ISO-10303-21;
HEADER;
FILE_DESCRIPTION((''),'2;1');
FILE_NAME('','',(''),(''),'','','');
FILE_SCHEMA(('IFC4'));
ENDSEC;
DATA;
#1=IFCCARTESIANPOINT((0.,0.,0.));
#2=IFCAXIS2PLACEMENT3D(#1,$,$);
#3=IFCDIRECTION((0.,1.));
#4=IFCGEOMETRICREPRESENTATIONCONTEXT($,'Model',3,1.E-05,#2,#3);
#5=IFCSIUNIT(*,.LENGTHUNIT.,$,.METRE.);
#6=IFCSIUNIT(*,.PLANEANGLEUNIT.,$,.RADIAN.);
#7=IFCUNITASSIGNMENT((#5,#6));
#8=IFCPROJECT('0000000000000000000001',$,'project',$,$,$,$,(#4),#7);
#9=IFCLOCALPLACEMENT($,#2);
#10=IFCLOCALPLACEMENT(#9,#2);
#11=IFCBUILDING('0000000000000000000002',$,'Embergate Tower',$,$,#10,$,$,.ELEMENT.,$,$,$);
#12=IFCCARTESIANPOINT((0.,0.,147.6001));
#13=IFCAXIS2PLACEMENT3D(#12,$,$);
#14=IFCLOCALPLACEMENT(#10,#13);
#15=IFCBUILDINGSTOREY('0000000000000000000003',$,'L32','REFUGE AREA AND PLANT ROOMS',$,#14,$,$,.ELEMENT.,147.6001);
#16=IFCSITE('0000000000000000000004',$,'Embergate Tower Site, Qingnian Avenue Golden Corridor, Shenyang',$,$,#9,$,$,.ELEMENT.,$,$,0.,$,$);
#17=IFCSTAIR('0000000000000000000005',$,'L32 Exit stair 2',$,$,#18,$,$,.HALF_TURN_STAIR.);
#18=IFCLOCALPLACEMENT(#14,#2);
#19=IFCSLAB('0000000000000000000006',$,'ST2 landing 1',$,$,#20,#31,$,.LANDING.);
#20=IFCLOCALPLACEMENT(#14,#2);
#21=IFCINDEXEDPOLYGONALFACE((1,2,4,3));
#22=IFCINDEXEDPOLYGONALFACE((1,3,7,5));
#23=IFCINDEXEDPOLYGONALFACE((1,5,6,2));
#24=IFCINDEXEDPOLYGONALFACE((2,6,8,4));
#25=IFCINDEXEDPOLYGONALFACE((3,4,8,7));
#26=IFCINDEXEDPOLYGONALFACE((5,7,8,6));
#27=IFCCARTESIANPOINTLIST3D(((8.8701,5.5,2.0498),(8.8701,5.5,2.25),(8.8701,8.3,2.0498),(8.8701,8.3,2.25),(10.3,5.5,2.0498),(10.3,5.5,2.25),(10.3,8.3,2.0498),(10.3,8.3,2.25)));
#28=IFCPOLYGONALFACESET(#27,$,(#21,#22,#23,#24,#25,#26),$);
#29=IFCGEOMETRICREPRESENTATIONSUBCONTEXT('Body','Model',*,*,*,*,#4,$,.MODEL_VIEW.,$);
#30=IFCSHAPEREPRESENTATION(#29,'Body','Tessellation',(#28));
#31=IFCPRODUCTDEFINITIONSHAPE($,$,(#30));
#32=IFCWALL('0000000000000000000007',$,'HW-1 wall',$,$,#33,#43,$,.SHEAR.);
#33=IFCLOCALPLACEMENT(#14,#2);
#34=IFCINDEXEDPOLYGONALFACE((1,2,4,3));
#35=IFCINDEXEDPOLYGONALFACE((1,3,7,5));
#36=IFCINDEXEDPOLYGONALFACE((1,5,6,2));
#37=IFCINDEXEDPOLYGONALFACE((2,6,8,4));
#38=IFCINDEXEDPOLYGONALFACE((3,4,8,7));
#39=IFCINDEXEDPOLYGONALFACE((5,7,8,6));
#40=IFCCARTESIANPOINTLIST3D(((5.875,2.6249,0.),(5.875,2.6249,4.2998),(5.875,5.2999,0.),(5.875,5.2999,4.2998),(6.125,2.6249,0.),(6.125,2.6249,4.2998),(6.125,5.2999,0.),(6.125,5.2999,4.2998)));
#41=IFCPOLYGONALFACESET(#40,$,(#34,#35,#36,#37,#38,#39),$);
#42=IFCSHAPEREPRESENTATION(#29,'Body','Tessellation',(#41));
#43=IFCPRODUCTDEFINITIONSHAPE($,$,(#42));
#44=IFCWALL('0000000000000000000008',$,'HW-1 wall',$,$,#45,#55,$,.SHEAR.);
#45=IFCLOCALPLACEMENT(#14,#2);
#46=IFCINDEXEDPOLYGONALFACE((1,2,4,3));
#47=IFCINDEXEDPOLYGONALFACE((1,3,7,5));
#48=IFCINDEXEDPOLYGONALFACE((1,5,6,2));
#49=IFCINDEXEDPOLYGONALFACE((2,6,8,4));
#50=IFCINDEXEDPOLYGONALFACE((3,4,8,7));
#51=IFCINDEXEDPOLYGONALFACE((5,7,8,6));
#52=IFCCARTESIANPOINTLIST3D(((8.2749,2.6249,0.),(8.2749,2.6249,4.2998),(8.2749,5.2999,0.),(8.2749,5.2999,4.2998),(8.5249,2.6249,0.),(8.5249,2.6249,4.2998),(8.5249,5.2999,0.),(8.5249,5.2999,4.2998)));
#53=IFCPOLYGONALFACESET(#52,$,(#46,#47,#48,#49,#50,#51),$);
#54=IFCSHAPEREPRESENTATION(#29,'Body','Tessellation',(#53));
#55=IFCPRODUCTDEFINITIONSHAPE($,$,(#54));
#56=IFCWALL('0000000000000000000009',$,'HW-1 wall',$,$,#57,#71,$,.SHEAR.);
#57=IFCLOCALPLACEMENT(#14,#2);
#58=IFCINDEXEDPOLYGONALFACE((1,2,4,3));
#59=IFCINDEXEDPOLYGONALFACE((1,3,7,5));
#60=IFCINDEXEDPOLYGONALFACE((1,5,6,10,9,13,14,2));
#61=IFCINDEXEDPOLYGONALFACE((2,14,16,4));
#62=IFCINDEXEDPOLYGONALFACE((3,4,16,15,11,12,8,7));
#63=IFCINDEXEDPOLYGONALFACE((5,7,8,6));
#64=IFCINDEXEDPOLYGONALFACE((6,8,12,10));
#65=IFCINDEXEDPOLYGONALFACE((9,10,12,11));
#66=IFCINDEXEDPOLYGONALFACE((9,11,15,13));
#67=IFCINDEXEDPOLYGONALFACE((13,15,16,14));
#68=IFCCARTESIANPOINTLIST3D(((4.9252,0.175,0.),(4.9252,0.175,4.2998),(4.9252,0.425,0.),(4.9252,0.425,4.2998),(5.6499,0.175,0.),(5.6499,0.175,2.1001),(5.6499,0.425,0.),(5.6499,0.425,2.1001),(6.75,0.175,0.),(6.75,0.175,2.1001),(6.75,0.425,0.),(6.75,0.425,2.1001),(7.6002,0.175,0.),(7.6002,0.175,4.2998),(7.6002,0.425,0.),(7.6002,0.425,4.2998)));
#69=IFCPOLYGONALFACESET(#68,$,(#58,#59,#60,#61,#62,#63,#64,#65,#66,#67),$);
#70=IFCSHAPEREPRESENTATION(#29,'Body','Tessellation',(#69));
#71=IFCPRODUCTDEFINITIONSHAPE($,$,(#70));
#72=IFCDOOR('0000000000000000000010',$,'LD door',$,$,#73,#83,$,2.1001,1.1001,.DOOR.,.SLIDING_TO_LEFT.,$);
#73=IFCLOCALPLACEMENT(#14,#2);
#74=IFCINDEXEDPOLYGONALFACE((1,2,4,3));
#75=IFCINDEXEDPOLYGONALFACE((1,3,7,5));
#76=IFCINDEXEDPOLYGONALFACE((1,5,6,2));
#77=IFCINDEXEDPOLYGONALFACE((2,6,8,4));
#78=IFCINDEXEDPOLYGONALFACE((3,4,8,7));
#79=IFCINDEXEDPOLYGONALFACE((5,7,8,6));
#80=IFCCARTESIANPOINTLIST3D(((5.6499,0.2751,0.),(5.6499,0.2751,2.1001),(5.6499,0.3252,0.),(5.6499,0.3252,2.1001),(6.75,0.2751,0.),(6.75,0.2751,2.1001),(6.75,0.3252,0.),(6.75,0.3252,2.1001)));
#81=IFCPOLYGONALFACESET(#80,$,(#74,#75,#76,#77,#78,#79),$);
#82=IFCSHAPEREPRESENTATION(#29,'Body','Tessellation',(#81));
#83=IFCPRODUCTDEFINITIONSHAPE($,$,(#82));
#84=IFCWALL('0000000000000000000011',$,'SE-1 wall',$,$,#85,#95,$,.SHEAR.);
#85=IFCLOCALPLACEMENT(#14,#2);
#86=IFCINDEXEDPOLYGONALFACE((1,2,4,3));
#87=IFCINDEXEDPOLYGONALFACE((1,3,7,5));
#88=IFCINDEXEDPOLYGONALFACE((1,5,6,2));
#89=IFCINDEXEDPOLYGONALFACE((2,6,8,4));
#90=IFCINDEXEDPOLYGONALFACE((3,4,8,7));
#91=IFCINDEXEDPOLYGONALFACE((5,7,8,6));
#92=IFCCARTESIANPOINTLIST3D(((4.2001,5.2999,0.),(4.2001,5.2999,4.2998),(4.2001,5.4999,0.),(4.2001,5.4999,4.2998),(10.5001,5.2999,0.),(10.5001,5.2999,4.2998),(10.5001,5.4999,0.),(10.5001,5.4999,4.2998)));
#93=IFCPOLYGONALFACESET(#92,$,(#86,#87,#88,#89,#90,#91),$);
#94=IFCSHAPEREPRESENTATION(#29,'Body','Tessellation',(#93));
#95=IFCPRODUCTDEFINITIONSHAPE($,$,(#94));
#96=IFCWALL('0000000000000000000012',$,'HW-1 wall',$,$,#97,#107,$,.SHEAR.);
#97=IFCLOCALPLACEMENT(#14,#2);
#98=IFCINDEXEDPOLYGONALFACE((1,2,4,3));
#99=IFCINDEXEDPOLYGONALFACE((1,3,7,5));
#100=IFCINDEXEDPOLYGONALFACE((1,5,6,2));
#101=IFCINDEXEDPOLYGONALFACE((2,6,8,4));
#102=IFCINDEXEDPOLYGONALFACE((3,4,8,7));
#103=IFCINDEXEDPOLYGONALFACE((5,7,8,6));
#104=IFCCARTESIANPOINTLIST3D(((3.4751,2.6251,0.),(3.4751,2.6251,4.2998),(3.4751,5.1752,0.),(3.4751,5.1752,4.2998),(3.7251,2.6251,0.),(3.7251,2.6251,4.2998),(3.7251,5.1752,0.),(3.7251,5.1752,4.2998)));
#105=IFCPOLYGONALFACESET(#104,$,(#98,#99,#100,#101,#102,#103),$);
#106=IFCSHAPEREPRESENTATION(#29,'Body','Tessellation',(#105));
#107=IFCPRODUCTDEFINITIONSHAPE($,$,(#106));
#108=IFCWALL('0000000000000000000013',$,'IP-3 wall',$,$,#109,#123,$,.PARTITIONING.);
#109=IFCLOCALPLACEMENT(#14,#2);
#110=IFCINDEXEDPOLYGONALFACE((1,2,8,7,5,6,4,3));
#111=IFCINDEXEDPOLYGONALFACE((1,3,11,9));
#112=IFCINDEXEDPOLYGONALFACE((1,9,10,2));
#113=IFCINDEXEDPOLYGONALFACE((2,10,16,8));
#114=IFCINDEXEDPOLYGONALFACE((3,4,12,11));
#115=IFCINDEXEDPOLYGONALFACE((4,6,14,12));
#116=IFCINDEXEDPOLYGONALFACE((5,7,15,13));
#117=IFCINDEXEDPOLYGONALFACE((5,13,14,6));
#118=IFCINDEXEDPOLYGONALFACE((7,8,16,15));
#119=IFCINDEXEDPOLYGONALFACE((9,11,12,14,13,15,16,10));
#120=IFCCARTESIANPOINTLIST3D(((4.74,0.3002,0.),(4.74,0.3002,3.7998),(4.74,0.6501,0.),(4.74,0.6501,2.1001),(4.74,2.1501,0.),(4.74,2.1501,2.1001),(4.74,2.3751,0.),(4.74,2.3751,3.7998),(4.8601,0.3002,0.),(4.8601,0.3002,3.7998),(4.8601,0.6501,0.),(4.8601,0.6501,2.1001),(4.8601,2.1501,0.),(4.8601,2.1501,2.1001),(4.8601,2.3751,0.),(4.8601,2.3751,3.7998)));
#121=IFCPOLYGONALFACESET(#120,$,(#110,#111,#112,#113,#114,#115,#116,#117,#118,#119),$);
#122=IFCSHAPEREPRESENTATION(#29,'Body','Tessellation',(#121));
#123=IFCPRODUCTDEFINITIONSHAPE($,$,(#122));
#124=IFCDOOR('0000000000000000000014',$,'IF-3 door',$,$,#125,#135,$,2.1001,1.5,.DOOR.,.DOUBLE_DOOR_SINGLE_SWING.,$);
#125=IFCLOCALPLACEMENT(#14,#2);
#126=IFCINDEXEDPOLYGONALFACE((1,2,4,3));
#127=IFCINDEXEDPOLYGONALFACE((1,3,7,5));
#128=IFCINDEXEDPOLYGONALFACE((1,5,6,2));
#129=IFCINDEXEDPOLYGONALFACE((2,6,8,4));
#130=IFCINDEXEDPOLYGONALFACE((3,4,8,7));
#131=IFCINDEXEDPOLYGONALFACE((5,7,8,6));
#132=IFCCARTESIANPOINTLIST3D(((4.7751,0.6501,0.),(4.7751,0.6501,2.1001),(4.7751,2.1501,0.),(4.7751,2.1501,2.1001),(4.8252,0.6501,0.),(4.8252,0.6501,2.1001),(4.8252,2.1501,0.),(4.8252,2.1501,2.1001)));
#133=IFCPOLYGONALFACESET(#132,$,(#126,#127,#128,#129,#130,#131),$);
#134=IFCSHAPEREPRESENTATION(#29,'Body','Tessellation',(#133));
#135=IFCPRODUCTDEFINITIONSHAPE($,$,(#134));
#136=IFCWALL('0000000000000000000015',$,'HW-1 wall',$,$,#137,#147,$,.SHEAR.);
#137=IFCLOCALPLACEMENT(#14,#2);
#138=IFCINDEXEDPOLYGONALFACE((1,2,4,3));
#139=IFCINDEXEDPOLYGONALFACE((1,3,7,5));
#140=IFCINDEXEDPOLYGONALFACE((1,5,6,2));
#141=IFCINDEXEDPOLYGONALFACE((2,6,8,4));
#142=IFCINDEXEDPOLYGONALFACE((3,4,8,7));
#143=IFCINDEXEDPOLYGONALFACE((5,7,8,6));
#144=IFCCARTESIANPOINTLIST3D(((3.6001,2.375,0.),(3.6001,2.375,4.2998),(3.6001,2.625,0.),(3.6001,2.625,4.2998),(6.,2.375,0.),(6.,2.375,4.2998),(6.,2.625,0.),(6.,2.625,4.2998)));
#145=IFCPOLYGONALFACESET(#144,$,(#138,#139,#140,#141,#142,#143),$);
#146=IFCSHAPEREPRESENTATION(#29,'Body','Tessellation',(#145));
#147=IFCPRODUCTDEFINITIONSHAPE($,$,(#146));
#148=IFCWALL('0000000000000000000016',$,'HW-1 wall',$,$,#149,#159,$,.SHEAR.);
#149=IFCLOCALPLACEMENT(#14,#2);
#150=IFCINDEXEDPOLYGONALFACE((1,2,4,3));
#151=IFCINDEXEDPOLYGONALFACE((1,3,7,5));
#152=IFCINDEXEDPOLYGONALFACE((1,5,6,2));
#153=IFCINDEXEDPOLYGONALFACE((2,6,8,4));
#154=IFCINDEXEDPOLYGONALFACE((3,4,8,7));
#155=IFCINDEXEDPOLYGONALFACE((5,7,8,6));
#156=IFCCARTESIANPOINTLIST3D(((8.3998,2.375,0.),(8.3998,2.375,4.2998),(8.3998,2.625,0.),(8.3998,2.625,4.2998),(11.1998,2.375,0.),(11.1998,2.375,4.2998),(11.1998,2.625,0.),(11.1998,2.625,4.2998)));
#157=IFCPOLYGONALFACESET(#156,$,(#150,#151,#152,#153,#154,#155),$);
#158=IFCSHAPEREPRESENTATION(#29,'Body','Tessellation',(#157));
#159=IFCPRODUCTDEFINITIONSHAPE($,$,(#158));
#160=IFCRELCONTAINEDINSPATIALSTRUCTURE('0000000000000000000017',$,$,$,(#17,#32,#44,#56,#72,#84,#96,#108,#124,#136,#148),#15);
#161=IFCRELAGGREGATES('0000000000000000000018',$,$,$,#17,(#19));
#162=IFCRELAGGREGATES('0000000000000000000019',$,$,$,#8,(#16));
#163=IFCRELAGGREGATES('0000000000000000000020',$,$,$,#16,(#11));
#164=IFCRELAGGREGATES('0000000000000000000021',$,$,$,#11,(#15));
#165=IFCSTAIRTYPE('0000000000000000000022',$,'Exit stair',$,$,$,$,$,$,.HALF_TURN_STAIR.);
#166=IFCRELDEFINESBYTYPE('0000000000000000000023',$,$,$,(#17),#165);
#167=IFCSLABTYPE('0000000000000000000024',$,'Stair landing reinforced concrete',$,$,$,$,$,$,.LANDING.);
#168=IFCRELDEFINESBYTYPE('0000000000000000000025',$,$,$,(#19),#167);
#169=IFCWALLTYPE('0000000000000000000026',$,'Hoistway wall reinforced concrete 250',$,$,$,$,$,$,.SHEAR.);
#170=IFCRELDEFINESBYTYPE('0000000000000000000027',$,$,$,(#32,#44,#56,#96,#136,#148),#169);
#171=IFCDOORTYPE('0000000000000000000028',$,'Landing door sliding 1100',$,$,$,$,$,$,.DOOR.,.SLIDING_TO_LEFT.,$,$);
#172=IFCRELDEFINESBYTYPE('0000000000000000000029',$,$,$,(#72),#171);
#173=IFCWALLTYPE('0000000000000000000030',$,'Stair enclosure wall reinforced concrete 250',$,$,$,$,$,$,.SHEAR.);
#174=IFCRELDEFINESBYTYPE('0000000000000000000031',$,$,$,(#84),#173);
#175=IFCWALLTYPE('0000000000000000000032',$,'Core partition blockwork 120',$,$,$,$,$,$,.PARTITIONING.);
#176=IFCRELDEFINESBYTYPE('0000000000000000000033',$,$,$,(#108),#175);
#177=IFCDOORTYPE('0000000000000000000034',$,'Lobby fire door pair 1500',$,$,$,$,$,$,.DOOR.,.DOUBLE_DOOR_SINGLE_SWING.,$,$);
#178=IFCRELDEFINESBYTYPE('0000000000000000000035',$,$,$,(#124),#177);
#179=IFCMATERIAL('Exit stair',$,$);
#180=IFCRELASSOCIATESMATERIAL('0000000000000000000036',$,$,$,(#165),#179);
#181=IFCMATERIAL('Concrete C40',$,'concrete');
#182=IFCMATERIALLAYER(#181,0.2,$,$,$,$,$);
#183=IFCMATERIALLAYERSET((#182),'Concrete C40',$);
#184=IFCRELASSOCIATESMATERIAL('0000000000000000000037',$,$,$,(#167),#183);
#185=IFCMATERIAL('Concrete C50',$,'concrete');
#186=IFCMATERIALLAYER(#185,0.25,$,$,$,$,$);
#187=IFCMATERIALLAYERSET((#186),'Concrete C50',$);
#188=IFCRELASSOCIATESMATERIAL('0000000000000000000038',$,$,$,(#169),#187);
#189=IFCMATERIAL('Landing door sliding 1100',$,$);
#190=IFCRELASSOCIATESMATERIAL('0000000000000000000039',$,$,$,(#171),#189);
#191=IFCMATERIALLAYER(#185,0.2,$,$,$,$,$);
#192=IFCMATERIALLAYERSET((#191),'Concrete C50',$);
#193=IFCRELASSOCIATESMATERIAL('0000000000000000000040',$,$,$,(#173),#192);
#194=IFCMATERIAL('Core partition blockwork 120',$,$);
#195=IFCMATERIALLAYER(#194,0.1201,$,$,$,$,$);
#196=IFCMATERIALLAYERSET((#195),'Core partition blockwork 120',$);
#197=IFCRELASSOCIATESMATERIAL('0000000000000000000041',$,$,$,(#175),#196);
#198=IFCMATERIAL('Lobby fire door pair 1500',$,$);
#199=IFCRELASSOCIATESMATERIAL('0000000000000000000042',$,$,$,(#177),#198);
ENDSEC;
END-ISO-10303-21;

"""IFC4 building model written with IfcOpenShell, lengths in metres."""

from ifc_helpers import new_model, si_unit, direction, frame, frame_2d, origin, place, context, subcontext, project, spatial, polyline, rectangle, outline, extrude, source, transform, mapped, material, layer, layer_set, type_object, element, fill, aggregate, save


model = new_model("IFC4")

# Units and contexts
model_context = context("Model", 3, precision=1e-05, world=origin(), true_north=direction((0.0, 1.0)))
body_context = subcontext(model_context, "Body", "Model", "MODEL_VIEW")
ifc_project = project(units=[si_unit("LENGTHUNIT", "METRE"), si_unit("PLANEANGLEUNIT", "RADIAN")], contexts=[model_context])

# Site, building, storey
site_placement = place(None, origin())
site = spatial("IfcSite", under=ifc_project, at=site_placement, Name="Embergate Tower Site, Qingnian Avenue Golden Corridor, Shenyang", CompositionType="ELEMENT", RefElevation=0.0)
building_placement = place(site_placement, origin())
building = spatial("IfcBuilding", under=site, at=building_placement, Name="Embergate Tower", CompositionType="ELEMENT")
storey_placement = place(building_placement, frame((0.0, 0.0, 147.6001)))
storey = spatial("IfcBuildingStorey", under=building, at=storey_placement, Name="L32", Description="REFUGE AREA AND PLANT ROOMS", CompositionType="ELEMENT", Elevation=147.6001)

# Stair, slab
ifc_material_1 = material(Name="Exit stair")
stair_type = type_object("IfcStairType", Name="Exit stair", PredefinedType="HALF_TURN_STAIR", material=ifc_material_1)
stair_placement = place(storey_placement, origin())
stair = element("IfcStair", 1, at=stair_placement, inside=storey, type_object=stair_type, Name="L32 Exit stair 2", PredefinedType="HALF_TURN_STAIR")
ifc_material_2 = material(Name="Concrete C40", Category="concrete")
ifc_layer_1 = layer(ifc_material_2, 0.2)
ifc_layer_set_1 = layer_set([ifc_layer_1], Name="Concrete C40")
slab_type = type_object("IfcSlabType", Name="Stair landing reinforced concrete", PredefinedType="LANDING", material=ifc_layer_set_1)
shared_shape_1 = source(origin(), body_context, "Body", "SweptSolid", [
    extrude(outline(polyline([(0.0, 0.0), (1.4299, 0.0), (1.4299, 2.8), (0.0, 2.8), (0.0, 0.0)])), origin(), (0.0, 0.0, 1.0), 0.2002),
])
slab_placement = place(storey_placement, frame((8.8701, 5.5, 2.0498)))
slab = element("IfcSlab", 2, at=slab_placement, type_object=slab_type, Name="ST2 landing 1", PredefinedType="LANDING", context=body_context, shape_type="MappedRepresentation", body=[
    mapped(shared_shape_1, transform((0.0, 0.0, 0.0))),
])

# Walls
ifc_material_3 = material(Name="Concrete C50", Category="concrete")
ifc_layer_2 = layer(ifc_material_3, 0.25)
ifc_layer_set_2 = layer_set([ifc_layer_2], Name="Concrete C50")
wall_type_1 = type_object("IfcWallType", Name="Hoistway wall reinforced concrete 250", PredefinedType="SHEAR", material=ifc_layer_set_2)
shared_shape_2 = source(origin(), body_context, "Body", "SweptSolid", [
    extrude(rectangle(XDim=2.675, YDim=0.25, at=frame_2d((1.3374, 0.0))), origin(), (0.0, 0.0, 1.0), 4.2998),
])
for number, where, z_axis, x_axis, name in (
    (3, (6.0, 2.625, 0.0), (0.0, 0.0, 1.0), (0.0, 1.0, 0.0), "HW-1 wall"),
    (4, (8.3999, 2.625, 0.0), (0.0, 0.0, 1.0), (0.0, 1.0, 0.0), "HW-1 wall"),
):
    element("IfcWall", number, at=place(storey_placement, frame(where, z_axis=z_axis, x_axis=x_axis)), inside=storey, type_object=wall_type_1, Name=name, PredefinedType="SHEAR", context=body_context, shape_type="MappedRepresentation", body=[
        mapped(shared_shape_2, transform((0.0, 0.0, 0.0))),
    ])

# Wall, opening, door
wall_1_placement = place(storey_placement, frame((7.6001, 0.3, 0.0), z_axis=(0.0, 0.0, 1.0), x_axis=(-1.0, 0.0, 0.0)))
wall_1 = element("IfcWall", 5, at=wall_1_placement, inside=storey, type_object=wall_type_1, Name="HW-1 wall", PredefinedType="SHEAR", context=body_context, shape_type="MappedRepresentation", body=[
    mapped(shared_shape_2, transform((0.0, 0.0, 0.0))),
])
shared_shape_3 = source(origin(), body_context, "Body", "SweptSolid", [
    extrude(rectangle(XDim=1.1001, YDim=2.1001, at=frame_2d((0.55, 1.05))), frame((0.0, 0.135, 0.0), z_axis=(0.0, -1.0, 0.0), x_axis=(1.0, 0.0, 0.0)), (0.0, 0.0, 1.0), 0.27),
])
opening_1_placement = place(wall_1_placement, frame((0.8501, 0.0, 0.0)))
opening_1 = element("IfcOpeningElement", 6, at=opening_1_placement, cuts=wall_1, PredefinedType="OPENING", context=body_context, shape_type="MappedRepresentation", body=[
    mapped(shared_shape_3, transform((0.0, 0.0, 0.0))),
])
ifc_material_4 = material(Name="Landing door sliding 1100")
door_type_1 = type_object("IfcDoorType", Name="Landing door sliding 1100", OperationType="SLIDING_TO_LEFT", PredefinedType="DOOR", material=ifc_material_4)
shared_shape_4 = source(origin(), body_context, "Body", "SweptSolid", [
    extrude(rectangle(XDim=1.1001, YDim=2.1001, at=frame_2d((0.55, 1.05))), frame((0.0, 0.0249, 0.0), z_axis=(0.0, -1.0, 0.0), x_axis=(1.0, 0.0, 0.0)), (0.0, 0.0, 1.0), 0.05),
])
door_1_placement = place(opening_1_placement, origin())
door_1 = element("IfcDoor", 7, at=door_1_placement, inside=storey, type_object=door_type_1, Name="LD door", OperationType="SLIDING_TO_LEFT", OverallHeight=2.1001, OverallWidth=1.1001, PredefinedType="DOOR", context=body_context, shape_type="MappedRepresentation", body=[
    mapped(shared_shape_4, transform((0.0, 0.0, 0.0))),
])
fill(opening_1, door_1)

# Walls
ifc_layer_3 = layer(ifc_material_3, 0.2)
ifc_layer_set_3 = layer_set([ifc_layer_3], Name="Concrete C50")
wall_type_2 = type_object("IfcWallType", Name="Stair enclosure wall reinforced concrete 250", PredefinedType="SHEAR", material=ifc_layer_set_3)
shared_shape_5 = source(origin(), body_context, "Body", "SweptSolid", [
    extrude(rectangle(XDim=6.3, YDim=0.2, at=frame_2d((3.1499, 0.0))), origin(), (0.0, 0.0, 1.0), 4.2998),
])
wall_2_placement = place(storey_placement, frame((10.5, 5.3999, 0.0), z_axis=(0.0, 0.0, 1.0), x_axis=(-1.0, 0.0, 0.0)))
element("IfcWall", 8, at=wall_2_placement, inside=storey, type_object=wall_type_2, Name="SE-1 wall", PredefinedType="SHEAR", context=body_context, shape_type="MappedRepresentation", body=[
    mapped(shared_shape_5, transform((0.0, 0.0, 0.0))),
])
shared_shape_6 = source(origin(), body_context, "Body", "SweptSolid", [
    extrude(rectangle(XDim=2.55, YDim=0.25, at=frame_2d((1.2749, 0.0))), origin(), (0.0, 0.0, 1.0), 4.2998),
])
wall_3_placement = place(storey_placement, frame((3.6001, 5.175, 0.0), z_axis=(0.0, 0.0, 1.0), x_axis=(0.0, -1.0, 0.0)))
element("IfcWall", 9, at=wall_3_placement, inside=storey, type_object=wall_type_1, Name="HW-1 wall", PredefinedType="SHEAR", context=body_context, shape_type="MappedRepresentation", body=[
    mapped(shared_shape_6, transform((0.0, 0.0, 0.0))),
])

# Wall, opening, door
ifc_material_5 = material(Name="Core partition blockwork 120")
ifc_layer_4 = layer(ifc_material_5, 0.1201)
ifc_layer_set_4 = layer_set([ifc_layer_4], Name="Core partition blockwork 120")
wall_type_3 = type_object("IfcWallType", Name="Core partition blockwork 120", PredefinedType="PARTITIONING", material=ifc_layer_set_4)
shared_shape_7 = source(origin(), body_context, "Body", "SweptSolid", [
    extrude(rectangle(XDim=2.075, YDim=0.1201, at=frame_2d((1.0376, 0.0))), origin(), (0.0, 0.0, 1.0), 3.7998),
])
wall_4_placement = place(storey_placement, frame((4.8, 0.3, 0.0), z_axis=(0.0, 0.0, 1.0), x_axis=(0.0, 1.0, 0.0)))
wall_4 = element("IfcWall", 10, at=wall_4_placement, inside=storey, type_object=wall_type_3, Name="IP-3 wall", PredefinedType="PARTITIONING", context=body_context, shape_type="MappedRepresentation", body=[
    mapped(shared_shape_7, transform((0.0, 0.0, 0.0))),
])
shared_shape_8 = source(origin(), body_context, "Body", "SweptSolid", [
    extrude(rectangle(XDim=1.5, YDim=2.1001, at=frame_2d((0.75, 1.05))), frame((0.0, 0.0701, 0.0), z_axis=(0.0, -1.0, 0.0), x_axis=(1.0, 0.0, 0.0)), (0.0, 0.0, 1.0), 0.1401),
])
opening_2_placement = place(wall_4_placement, frame((0.3501, 0.0, 0.0)))
opening_2 = element("IfcOpeningElement", 11, at=opening_2_placement, cuts=wall_4, PredefinedType="OPENING", context=body_context, shape_type="MappedRepresentation", body=[
    mapped(shared_shape_8, transform((0.0, 0.0, 0.0))),
])
ifc_material_6 = material(Name="Lobby fire door pair 1500")
door_type_2 = type_object("IfcDoorType", Name="Lobby fire door pair 1500", OperationType="DOUBLE_DOOR_SINGLE_SWING", PredefinedType="DOOR", material=ifc_material_6)
shared_shape_9 = source(origin(), body_context, "Body", "SweptSolid", [
    extrude(rectangle(XDim=1.5, YDim=2.1001, at=frame_2d((0.75, 1.05))), frame((0.0, 0.0249, 0.0), z_axis=(0.0, -1.0, 0.0), x_axis=(1.0, 0.0, 0.0)), (0.0, 0.0, 1.0), 0.05),
])
door_2_placement = place(opening_2_placement, origin())
door_2 = element("IfcDoor", 12, at=door_2_placement, inside=storey, type_object=door_type_2, Name="IF-3 door", OperationType="DOUBLE_DOOR_SINGLE_SWING", OverallHeight=2.1001, OverallWidth=1.5, PredefinedType="DOOR", context=body_context, shape_type="MappedRepresentation", body=[
    mapped(shared_shape_9, transform((0.0, 0.0, 0.0))),
])
fill(opening_2, door_2)

# Walls
shared_shape_10 = source(origin(), body_context, "Body", "SweptSolid", [
    extrude(rectangle(XDim=2.3999, YDim=0.25, at=frame_2d((1.2, 0.0))), origin(), (0.0, 0.0, 1.0), 4.2998),
])
wall_5_placement = place(storey_placement, frame((3.6001, 2.5, 0.0), z_axis=(0.0, 0.0, 1.0), x_axis=(1.0, 0.0, 0.0)))
element("IfcWall", 13, at=wall_5_placement, inside=storey, type_object=wall_type_1, Name="HW-1 wall", PredefinedType="SHEAR", context=body_context, shape_type="MappedRepresentation", body=[
    mapped(shared_shape_10, transform((0.0, 0.0, 0.0))),
])
shared_shape_11 = source(origin(), body_context, "Body", "SweptSolid", [
    extrude(rectangle(XDim=2.8, YDim=0.25, at=frame_2d((1.3999, 0.0))), origin(), (0.0, 0.0, 1.0), 4.2998),
])
wall_6_placement = place(storey_placement, frame((8.3999, 2.5, 0.0), z_axis=(0.0, 0.0, 1.0), x_axis=(1.0, 0.0, 0.0)))
element("IfcWall", 14, at=wall_6_placement, inside=storey, type_object=wall_type_1, Name="HW-1 wall", PredefinedType="SHEAR", context=body_context, shape_type="MappedRepresentation", body=[
    mapped(shared_shape_11, transform((0.0, 0.0, 0.0))),
])

aggregate(stair, [slab])

save(model, "model.ifc")
